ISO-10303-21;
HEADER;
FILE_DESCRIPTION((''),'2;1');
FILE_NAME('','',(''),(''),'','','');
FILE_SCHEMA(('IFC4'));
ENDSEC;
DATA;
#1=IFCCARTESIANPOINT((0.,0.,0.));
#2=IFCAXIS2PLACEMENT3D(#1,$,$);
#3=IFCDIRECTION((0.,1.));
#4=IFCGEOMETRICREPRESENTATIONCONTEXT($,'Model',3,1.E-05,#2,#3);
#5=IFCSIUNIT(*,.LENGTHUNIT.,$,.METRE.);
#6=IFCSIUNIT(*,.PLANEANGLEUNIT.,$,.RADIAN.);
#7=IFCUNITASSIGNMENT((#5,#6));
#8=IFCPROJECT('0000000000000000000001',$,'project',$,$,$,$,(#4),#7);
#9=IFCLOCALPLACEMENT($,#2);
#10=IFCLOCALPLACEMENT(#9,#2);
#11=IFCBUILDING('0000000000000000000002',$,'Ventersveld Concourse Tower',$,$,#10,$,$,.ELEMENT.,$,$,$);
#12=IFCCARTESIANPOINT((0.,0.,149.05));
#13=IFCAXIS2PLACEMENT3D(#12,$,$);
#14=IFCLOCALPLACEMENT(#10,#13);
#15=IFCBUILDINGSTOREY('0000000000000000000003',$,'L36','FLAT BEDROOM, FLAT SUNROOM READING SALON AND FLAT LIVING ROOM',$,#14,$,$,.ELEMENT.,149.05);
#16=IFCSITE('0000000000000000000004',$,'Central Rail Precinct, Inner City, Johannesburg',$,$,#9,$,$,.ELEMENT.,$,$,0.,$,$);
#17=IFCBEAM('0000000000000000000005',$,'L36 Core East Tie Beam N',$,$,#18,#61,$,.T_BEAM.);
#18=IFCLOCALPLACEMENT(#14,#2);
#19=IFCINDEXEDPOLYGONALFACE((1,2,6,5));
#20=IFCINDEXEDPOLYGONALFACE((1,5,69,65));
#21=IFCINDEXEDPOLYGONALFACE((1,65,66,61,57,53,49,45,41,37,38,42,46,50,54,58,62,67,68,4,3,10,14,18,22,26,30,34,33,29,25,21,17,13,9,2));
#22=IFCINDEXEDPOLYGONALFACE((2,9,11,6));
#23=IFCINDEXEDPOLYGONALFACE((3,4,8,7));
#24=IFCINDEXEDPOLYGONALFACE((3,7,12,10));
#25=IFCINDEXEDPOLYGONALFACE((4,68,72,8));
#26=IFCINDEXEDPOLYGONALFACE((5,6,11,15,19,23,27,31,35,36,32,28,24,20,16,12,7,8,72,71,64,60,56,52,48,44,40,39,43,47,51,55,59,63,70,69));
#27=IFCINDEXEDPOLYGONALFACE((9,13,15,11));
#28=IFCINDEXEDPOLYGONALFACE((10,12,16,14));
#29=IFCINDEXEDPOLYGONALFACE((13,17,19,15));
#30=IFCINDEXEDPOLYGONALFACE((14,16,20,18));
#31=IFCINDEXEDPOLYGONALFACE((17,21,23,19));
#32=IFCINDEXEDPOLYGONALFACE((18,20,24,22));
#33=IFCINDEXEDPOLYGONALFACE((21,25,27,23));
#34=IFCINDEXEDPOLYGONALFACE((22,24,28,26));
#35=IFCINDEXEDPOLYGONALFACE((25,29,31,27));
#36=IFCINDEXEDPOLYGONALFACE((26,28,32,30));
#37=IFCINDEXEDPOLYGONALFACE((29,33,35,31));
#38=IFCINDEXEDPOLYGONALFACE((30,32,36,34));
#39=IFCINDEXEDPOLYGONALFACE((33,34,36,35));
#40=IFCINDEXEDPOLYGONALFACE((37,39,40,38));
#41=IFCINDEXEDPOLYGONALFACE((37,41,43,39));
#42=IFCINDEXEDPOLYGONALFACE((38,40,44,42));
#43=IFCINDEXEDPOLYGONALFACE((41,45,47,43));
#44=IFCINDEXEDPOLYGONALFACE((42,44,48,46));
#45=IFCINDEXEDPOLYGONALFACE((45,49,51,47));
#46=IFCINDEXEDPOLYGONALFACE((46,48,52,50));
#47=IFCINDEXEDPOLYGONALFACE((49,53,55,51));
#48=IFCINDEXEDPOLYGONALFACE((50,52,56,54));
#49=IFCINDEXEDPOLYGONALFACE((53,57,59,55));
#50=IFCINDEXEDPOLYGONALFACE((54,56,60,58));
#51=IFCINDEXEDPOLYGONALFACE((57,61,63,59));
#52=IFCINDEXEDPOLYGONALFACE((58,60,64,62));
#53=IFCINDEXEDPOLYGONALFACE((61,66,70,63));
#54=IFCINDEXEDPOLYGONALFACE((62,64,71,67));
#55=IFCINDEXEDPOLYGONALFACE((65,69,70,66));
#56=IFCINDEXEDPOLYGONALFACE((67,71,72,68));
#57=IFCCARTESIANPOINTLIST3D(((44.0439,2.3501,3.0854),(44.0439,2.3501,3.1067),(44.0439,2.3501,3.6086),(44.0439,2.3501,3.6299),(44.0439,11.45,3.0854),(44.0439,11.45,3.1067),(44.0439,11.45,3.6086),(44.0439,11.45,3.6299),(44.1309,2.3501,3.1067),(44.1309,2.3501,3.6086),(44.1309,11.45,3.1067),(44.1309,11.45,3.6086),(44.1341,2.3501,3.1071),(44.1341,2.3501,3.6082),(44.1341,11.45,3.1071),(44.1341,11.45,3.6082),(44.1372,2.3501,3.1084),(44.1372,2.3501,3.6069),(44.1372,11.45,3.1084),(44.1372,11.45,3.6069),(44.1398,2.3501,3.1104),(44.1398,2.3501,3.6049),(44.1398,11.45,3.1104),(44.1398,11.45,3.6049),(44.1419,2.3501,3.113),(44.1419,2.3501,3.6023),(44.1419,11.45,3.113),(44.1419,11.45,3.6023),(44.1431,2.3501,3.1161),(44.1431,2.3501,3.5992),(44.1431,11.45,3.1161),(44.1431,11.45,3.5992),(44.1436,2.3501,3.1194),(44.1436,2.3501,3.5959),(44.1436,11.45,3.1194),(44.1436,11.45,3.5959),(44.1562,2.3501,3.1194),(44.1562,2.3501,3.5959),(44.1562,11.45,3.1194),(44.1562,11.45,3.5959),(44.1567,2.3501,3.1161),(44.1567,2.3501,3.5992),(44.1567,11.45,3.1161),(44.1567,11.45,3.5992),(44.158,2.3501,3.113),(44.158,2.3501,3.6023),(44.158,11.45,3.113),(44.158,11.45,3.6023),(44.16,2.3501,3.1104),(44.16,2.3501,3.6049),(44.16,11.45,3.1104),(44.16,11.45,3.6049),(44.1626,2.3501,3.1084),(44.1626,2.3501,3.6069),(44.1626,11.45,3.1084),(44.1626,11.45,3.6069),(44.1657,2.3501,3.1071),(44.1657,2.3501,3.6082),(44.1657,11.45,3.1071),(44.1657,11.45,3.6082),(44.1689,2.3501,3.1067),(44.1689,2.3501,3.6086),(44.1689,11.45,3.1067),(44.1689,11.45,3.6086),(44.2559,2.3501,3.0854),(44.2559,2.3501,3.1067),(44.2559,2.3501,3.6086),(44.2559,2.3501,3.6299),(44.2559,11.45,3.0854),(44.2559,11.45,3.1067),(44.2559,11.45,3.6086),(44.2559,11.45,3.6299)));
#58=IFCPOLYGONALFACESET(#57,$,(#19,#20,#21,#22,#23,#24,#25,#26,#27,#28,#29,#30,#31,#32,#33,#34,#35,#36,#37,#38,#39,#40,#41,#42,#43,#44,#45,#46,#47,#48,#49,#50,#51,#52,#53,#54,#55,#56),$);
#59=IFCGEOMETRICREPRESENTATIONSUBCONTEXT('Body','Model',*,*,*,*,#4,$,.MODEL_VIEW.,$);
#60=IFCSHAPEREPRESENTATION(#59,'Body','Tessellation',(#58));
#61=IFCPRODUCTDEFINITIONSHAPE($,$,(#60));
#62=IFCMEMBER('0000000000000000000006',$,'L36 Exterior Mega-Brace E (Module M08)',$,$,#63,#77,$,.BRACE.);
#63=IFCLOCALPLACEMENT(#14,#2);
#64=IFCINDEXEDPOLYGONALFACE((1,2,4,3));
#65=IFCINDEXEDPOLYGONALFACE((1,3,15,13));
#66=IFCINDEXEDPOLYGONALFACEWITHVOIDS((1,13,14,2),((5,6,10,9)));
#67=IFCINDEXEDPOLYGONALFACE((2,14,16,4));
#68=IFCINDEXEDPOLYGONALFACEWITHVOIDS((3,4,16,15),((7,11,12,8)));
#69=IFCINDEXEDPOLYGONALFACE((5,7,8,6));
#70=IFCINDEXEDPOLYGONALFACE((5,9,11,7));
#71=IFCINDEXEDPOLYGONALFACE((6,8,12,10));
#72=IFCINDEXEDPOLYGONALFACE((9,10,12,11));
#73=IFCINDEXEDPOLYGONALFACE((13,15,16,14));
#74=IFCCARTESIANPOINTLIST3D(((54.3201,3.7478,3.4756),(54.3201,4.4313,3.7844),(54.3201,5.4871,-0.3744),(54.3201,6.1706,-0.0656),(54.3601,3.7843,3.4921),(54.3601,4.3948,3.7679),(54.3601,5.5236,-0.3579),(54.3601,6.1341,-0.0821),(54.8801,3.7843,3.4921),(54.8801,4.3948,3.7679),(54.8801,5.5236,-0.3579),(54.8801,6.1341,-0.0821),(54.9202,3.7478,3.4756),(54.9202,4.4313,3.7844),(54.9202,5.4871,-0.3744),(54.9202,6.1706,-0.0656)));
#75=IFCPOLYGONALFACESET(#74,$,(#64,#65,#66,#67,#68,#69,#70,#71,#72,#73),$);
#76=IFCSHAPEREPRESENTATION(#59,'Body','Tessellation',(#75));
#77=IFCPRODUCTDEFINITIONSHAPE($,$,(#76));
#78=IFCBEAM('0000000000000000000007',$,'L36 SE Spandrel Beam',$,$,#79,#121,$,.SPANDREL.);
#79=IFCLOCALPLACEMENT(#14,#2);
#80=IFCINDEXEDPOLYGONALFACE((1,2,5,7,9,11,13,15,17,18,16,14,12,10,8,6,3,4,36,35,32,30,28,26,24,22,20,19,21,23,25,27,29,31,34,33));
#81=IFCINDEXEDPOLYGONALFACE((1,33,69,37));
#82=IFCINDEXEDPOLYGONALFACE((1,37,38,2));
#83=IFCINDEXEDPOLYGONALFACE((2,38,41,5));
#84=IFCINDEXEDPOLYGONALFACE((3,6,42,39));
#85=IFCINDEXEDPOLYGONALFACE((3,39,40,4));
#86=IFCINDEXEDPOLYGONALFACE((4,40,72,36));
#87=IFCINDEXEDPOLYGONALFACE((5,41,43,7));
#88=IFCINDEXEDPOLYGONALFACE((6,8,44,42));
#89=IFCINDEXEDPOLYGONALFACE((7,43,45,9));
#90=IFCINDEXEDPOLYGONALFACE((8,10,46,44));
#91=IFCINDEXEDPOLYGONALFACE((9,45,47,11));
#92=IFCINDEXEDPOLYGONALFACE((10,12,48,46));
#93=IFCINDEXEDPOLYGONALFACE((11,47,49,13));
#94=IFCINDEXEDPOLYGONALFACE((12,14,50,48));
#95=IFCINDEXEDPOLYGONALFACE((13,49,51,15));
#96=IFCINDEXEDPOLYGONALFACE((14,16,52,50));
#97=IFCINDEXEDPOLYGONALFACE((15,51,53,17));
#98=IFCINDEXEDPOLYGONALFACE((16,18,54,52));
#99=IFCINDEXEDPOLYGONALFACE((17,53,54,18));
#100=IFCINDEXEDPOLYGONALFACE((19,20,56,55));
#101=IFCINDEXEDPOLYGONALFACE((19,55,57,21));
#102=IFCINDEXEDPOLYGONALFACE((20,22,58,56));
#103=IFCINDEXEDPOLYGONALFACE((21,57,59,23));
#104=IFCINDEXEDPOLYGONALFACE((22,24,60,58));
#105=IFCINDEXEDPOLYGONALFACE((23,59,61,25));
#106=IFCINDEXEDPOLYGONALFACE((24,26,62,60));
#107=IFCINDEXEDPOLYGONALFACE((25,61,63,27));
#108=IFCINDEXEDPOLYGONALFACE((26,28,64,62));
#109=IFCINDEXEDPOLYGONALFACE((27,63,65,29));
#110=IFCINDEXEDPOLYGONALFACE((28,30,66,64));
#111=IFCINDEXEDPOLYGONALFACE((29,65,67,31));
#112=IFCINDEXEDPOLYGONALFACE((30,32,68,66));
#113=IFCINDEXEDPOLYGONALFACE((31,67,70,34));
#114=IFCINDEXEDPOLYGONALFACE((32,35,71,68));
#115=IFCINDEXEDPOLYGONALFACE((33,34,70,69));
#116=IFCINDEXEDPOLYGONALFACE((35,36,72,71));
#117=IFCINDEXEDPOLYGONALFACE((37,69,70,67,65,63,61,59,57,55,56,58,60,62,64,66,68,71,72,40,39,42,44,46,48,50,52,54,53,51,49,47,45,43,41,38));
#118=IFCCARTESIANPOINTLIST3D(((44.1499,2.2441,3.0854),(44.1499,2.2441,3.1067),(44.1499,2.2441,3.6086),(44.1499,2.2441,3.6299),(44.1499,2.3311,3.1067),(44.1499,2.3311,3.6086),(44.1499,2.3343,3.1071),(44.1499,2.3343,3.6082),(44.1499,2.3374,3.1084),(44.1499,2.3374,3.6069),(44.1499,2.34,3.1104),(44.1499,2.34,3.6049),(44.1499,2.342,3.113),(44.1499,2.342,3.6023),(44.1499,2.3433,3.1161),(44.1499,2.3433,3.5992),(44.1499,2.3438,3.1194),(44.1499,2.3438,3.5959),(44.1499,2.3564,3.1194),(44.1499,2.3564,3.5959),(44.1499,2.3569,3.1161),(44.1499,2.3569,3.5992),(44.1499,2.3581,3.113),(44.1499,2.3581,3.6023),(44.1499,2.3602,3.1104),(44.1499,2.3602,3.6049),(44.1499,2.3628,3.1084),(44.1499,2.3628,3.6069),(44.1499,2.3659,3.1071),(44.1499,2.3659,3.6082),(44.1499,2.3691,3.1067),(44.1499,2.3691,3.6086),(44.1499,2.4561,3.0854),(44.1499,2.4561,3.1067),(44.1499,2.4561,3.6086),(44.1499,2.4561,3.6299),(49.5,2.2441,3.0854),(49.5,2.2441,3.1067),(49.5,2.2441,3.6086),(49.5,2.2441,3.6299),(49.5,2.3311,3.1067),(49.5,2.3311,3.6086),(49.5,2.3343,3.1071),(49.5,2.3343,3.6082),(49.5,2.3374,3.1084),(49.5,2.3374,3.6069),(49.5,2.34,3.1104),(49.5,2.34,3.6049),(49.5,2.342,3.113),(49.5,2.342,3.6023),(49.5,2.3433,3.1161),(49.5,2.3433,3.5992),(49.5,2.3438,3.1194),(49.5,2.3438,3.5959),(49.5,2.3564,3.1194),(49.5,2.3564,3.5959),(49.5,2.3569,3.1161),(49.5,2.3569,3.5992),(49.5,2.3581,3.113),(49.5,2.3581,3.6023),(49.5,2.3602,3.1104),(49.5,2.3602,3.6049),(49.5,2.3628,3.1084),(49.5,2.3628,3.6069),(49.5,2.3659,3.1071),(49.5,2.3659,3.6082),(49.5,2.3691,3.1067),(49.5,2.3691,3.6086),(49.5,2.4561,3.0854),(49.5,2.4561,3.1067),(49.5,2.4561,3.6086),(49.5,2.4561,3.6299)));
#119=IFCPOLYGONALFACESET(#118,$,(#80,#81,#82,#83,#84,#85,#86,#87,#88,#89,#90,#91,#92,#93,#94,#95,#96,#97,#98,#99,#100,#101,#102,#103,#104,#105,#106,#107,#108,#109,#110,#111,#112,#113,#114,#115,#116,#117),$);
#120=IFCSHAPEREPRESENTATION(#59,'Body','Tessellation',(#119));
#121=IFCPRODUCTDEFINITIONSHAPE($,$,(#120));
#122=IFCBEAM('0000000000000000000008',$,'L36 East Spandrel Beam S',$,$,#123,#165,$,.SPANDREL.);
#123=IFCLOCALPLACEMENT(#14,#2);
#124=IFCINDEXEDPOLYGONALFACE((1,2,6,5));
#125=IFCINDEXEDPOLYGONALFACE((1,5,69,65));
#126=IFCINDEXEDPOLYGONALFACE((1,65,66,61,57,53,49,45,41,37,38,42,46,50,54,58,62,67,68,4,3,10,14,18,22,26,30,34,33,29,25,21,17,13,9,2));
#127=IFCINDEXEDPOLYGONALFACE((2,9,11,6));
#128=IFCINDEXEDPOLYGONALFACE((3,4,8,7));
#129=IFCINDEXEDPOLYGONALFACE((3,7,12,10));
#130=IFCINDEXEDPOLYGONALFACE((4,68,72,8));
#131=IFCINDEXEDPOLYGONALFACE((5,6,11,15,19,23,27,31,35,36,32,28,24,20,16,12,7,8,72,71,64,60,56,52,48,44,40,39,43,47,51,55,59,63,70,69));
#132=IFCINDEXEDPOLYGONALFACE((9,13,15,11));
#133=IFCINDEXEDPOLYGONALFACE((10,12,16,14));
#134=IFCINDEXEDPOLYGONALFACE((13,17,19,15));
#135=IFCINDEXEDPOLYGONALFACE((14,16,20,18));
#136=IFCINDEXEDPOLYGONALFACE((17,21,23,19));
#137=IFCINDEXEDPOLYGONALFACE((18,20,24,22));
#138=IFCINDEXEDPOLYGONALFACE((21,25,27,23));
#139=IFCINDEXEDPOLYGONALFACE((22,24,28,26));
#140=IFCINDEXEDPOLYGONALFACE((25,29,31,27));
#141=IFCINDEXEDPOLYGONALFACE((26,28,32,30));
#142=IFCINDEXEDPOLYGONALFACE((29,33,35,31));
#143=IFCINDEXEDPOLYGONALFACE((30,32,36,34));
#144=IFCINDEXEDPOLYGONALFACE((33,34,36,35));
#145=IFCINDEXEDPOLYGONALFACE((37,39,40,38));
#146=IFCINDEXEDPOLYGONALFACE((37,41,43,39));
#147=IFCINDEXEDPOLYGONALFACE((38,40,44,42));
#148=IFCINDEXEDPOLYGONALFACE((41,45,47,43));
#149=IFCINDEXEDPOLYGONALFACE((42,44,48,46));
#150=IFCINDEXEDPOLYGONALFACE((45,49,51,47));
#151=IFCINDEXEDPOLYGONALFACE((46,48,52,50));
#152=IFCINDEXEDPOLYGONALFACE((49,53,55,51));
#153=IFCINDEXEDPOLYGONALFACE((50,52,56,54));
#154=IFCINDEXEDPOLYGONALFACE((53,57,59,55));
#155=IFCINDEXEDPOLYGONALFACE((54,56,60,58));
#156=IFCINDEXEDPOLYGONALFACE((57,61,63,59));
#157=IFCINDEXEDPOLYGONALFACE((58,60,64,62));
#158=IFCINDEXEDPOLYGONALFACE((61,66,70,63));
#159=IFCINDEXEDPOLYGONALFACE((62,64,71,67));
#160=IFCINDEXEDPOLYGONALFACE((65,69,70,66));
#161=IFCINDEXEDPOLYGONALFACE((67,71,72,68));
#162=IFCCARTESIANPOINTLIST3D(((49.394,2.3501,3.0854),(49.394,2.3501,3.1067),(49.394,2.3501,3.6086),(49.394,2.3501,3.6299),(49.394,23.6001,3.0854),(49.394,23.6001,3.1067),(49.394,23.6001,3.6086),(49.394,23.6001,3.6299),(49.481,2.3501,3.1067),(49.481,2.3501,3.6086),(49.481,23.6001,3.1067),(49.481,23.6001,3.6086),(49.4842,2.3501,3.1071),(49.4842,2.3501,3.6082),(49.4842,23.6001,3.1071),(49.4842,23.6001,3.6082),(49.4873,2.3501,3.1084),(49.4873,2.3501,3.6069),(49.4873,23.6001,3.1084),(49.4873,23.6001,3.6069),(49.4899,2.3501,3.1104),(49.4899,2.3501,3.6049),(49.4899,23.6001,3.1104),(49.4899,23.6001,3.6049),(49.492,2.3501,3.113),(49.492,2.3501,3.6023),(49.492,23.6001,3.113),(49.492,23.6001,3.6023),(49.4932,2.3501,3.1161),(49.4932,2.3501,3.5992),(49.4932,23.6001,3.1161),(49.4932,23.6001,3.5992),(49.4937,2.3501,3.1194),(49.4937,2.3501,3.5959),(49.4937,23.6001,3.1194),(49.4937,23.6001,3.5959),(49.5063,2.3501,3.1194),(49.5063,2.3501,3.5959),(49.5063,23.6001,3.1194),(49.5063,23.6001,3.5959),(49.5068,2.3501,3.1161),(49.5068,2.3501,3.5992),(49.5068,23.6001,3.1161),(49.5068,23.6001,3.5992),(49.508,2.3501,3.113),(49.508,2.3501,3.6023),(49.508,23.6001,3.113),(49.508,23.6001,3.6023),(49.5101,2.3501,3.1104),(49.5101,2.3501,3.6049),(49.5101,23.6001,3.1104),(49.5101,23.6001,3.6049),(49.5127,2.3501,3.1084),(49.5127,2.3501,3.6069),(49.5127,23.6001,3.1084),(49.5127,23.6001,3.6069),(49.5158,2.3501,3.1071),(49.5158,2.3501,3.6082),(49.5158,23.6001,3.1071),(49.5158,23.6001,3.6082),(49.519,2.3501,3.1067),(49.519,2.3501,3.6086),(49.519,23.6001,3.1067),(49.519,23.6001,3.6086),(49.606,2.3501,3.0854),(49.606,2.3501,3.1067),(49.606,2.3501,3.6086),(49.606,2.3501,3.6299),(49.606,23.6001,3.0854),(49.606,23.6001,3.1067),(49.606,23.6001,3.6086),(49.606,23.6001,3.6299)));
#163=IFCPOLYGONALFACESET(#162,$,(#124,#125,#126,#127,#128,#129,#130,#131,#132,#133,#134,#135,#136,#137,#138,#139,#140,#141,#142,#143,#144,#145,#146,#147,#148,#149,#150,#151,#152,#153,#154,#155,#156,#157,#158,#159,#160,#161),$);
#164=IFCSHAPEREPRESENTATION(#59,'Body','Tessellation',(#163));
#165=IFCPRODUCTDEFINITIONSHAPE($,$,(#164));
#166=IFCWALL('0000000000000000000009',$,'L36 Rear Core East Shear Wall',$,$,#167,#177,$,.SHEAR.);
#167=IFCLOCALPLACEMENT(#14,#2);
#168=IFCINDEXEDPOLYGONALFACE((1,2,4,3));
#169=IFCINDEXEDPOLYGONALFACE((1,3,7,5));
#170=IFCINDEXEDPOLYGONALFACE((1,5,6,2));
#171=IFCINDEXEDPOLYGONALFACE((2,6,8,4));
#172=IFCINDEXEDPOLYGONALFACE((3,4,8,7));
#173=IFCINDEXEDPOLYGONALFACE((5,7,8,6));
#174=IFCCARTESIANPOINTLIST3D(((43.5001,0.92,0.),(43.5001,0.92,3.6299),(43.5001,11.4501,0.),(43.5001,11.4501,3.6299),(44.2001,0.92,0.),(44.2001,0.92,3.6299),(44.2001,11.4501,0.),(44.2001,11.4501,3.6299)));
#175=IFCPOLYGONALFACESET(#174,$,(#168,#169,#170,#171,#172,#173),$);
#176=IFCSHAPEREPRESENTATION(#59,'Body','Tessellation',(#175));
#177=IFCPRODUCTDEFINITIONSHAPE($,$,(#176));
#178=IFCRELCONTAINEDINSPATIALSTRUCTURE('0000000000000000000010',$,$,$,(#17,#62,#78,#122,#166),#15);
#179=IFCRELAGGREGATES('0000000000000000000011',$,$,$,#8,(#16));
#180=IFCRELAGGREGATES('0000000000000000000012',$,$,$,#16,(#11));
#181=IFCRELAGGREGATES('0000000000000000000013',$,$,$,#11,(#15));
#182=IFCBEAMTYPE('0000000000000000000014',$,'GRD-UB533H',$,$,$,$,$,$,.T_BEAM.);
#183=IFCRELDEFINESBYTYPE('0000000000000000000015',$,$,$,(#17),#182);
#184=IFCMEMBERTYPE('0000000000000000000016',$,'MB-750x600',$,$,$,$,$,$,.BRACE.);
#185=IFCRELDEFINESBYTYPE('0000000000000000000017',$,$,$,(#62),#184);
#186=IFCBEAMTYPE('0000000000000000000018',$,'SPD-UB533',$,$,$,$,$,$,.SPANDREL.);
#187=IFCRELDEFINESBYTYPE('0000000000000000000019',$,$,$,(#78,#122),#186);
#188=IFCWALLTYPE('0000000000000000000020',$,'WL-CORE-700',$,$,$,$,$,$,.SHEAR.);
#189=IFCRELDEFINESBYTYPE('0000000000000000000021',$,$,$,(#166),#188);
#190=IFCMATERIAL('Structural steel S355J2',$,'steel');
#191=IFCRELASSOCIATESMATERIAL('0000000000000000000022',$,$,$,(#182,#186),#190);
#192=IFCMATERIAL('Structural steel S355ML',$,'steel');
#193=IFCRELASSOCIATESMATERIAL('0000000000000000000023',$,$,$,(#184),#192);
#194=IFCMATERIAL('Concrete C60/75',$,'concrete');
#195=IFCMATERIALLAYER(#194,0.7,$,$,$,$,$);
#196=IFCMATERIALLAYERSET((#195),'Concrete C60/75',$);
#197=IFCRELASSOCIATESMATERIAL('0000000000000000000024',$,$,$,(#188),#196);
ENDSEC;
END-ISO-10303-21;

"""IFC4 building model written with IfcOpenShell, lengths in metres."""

from ifc_helpers import new_model, si_unit, direction, frame, frame_2d, origin, origin_2d, place, context, subcontext, project, spatial, rectangle, hollow_rectangle, i_section, extrude, material, layer, layer_set, material_profile, profile_set, type_object, element, save


model = new_model("IFC4")

# Units and contexts
model_context = context("Model", 3, precision=1e-05, world=origin(), true_north=direction((0.0, 1.0)))
body_context = subcontext(model_context, "Body", "Model", "MODEL_VIEW")
ifc_project = project(units=[si_unit("LENGTHUNIT", "METRE"), si_unit("PLANEANGLEUNIT", "RADIAN")], contexts=[model_context])

# Site, building, storey
site_placement = place(None, origin())
site = spatial("IfcSite", under=ifc_project, at=site_placement, Name="Central Rail Precinct, Inner City, Johannesburg", CompositionType="ELEMENT", RefElevation=0.0)
building_placement = place(site_placement, origin())
building = spatial("IfcBuilding", under=site, at=building_placement, Name="Ventersveld Concourse Tower", CompositionType="ELEMENT")
storey_placement = place(building_placement, frame((0.0, 0.0, 149.05)))
storey = spatial("IfcBuildingStorey", under=building, at=storey_placement, Name="L36", Description="FLAT BEDROOM, FLAT SUNROOM READING SALON AND FLAT LIVING ROOM", CompositionType="ELEMENT", Elevation=149.05)

# Beam
ifc_material_1 = material(Name="Structural steel S355J2", Category="steel")
ifc_material_profile_1 = material_profile(ifc_material_1, i_section(OverallWidth=0.2119, OverallDepth=0.5444, WebThickness=0.0127, FlangeThickness=0.0212, FilletRadius=0.0127, at=origin_2d()), Name="UB 533x210x122")
ifc_profile_set_1 = profile_set([ifc_material_profile_1], Name="Structural steel S355J2")
beam_type_1 = type_object("IfcBeamType", Name="GRD-UB533H", PredefinedType="T_BEAM", material=ifc_profile_set_1)
beam_1_placement = place(storey_placement, frame((44.1499, 2.3501, 3.3577), z_axis=(0.0, 1.0, 0.0), x_axis=(-1.0, 0.0, 0.0)))
element("IfcBeam", 1, at=beam_1_placement, inside=storey, type_object=beam_type_1, Name="L36 Core East Tie Beam N", PredefinedType="T_BEAM", context=body_context, shape_type="SweptSolid", body=[
    extrude(i_section(OverallWidth=0.2119, OverallDepth=0.5444, WebThickness=0.0127, FlangeThickness=0.0212, FilletRadius=0.0127, at=origin_2d()), origin(), (0.0, 0.0, 1.0), 9.0999),
])

# Member
ifc_material_2 = material(Name="Structural steel S355ML", Category="steel")
ifc_material_profile_2 = material_profile(ifc_material_2, hollow_rectangle(XDim=0.6001, YDim=0.75, WallThickness=0.04, at=origin_2d()), Name="BOX 750x600x40")
ifc_profile_set_2 = profile_set([ifc_material_profile_2], Name="Structural steel S355ML")
member_type = type_object("IfcMemberType", Name="MB-750x600", PredefinedType="BRACE", material=ifc_profile_set_2)
member_placement = place(storey_placement, frame((54.6201, 5.8289, -0.22), z_axis=(0.0, -0.411707, 0.911316), x_axis=(1.0, 0.0, 0.0)))
element("IfcMember", 2, at=member_placement, inside=storey, type_object=member_type, Name="L36 Exterior Mega-Brace E (Module M08)", PredefinedType="BRACE", context=body_context, shape_type="SweptSolid", body=[
    extrude(hollow_rectangle(XDim=0.6001, YDim=0.75, WallThickness=0.04, at=origin_2d()), origin(), (0.0, 0.0, 1.0), 4.2246),
])

# Beams
ifc_material_profile_3 = material_profile(ifc_material_1, i_section(OverallWidth=0.2119, OverallDepth=0.5444, WebThickness=0.0127, FlangeThickness=0.0212, FilletRadius=0.0127, at=origin_2d()), Name="UB 533x210x122")
ifc_profile_set_3 = profile_set([ifc_material_profile_3], Name="Structural steel S355J2")
beam_type_2 = type_object("IfcBeamType", Name="SPD-UB533", PredefinedType="SPANDREL", material=ifc_profile_set_3)
beam_2_placement = place(storey_placement, frame((44.1499, 2.3501, 3.3577), z_axis=(1.0, 0.0, 0.0), x_axis=(0.0, 1.0, 0.0)))
element("IfcBeam", 3, at=beam_2_placement, inside=storey, type_object=beam_type_2, Name="L36 SE Spandrel Beam", PredefinedType="SPANDREL", context=body_context, shape_type="SweptSolid", body=[
    extrude(i_section(OverallWidth=0.2119, OverallDepth=0.5444, WebThickness=0.0127, FlangeThickness=0.0212, FilletRadius=0.0127, at=origin_2d()), origin(), (0.0, 0.0, 1.0), 5.3501),
])
beam_3_placement = place(storey_placement, frame((49.5, 2.3501, 3.3577), z_axis=(0.0, 1.0, 0.0), x_axis=(-1.0, 0.0, 0.0)))
element("IfcBeam", 4, at=beam_3_placement, inside=storey, type_object=beam_type_2, Name="L36 East Spandrel Beam S", PredefinedType="SPANDREL", context=body_context, shape_type="SweptSolid", body=[
    extrude(i_section(OverallWidth=0.2119, OverallDepth=0.5444, WebThickness=0.0127, FlangeThickness=0.0212, FilletRadius=0.0127, at=origin_2d()), origin(), (0.0, 0.0, 1.0), 21.25),
])

# Wall
ifc_material_3 = material(Name="Concrete C60/75", Category="concrete")
ifc_layer_1 = layer(ifc_material_3, 0.7)
ifc_layer_set_1 = layer_set([ifc_layer_1], Name="Concrete C60/75")
wall_type_1 = type_object("IfcWallType", Name="WL-CORE-700", PredefinedType="SHEAR", material=ifc_layer_set_1)
wall_1_placement = place(storey_placement, frame((43.8501, 0.9199, 0.0), z_axis=(0.0, 0.0, 1.0), x_axis=(0.0, 1.0, 0.0)))
element("IfcWall", 5, at=wall_1_placement, inside=storey, type_object=wall_type_1, Name="L36 Rear Core East Shear Wall", PredefinedType="SHEAR", context=body_context, shape_type="SweptSolid", body=[
    extrude(rectangle(XDim=10.53, YDim=0.7, at=frame_2d((5.2651, 0.0))), origin(), (0.0, 0.0, 1.0), 3.6299),
])

save(model, "model.ifc")
